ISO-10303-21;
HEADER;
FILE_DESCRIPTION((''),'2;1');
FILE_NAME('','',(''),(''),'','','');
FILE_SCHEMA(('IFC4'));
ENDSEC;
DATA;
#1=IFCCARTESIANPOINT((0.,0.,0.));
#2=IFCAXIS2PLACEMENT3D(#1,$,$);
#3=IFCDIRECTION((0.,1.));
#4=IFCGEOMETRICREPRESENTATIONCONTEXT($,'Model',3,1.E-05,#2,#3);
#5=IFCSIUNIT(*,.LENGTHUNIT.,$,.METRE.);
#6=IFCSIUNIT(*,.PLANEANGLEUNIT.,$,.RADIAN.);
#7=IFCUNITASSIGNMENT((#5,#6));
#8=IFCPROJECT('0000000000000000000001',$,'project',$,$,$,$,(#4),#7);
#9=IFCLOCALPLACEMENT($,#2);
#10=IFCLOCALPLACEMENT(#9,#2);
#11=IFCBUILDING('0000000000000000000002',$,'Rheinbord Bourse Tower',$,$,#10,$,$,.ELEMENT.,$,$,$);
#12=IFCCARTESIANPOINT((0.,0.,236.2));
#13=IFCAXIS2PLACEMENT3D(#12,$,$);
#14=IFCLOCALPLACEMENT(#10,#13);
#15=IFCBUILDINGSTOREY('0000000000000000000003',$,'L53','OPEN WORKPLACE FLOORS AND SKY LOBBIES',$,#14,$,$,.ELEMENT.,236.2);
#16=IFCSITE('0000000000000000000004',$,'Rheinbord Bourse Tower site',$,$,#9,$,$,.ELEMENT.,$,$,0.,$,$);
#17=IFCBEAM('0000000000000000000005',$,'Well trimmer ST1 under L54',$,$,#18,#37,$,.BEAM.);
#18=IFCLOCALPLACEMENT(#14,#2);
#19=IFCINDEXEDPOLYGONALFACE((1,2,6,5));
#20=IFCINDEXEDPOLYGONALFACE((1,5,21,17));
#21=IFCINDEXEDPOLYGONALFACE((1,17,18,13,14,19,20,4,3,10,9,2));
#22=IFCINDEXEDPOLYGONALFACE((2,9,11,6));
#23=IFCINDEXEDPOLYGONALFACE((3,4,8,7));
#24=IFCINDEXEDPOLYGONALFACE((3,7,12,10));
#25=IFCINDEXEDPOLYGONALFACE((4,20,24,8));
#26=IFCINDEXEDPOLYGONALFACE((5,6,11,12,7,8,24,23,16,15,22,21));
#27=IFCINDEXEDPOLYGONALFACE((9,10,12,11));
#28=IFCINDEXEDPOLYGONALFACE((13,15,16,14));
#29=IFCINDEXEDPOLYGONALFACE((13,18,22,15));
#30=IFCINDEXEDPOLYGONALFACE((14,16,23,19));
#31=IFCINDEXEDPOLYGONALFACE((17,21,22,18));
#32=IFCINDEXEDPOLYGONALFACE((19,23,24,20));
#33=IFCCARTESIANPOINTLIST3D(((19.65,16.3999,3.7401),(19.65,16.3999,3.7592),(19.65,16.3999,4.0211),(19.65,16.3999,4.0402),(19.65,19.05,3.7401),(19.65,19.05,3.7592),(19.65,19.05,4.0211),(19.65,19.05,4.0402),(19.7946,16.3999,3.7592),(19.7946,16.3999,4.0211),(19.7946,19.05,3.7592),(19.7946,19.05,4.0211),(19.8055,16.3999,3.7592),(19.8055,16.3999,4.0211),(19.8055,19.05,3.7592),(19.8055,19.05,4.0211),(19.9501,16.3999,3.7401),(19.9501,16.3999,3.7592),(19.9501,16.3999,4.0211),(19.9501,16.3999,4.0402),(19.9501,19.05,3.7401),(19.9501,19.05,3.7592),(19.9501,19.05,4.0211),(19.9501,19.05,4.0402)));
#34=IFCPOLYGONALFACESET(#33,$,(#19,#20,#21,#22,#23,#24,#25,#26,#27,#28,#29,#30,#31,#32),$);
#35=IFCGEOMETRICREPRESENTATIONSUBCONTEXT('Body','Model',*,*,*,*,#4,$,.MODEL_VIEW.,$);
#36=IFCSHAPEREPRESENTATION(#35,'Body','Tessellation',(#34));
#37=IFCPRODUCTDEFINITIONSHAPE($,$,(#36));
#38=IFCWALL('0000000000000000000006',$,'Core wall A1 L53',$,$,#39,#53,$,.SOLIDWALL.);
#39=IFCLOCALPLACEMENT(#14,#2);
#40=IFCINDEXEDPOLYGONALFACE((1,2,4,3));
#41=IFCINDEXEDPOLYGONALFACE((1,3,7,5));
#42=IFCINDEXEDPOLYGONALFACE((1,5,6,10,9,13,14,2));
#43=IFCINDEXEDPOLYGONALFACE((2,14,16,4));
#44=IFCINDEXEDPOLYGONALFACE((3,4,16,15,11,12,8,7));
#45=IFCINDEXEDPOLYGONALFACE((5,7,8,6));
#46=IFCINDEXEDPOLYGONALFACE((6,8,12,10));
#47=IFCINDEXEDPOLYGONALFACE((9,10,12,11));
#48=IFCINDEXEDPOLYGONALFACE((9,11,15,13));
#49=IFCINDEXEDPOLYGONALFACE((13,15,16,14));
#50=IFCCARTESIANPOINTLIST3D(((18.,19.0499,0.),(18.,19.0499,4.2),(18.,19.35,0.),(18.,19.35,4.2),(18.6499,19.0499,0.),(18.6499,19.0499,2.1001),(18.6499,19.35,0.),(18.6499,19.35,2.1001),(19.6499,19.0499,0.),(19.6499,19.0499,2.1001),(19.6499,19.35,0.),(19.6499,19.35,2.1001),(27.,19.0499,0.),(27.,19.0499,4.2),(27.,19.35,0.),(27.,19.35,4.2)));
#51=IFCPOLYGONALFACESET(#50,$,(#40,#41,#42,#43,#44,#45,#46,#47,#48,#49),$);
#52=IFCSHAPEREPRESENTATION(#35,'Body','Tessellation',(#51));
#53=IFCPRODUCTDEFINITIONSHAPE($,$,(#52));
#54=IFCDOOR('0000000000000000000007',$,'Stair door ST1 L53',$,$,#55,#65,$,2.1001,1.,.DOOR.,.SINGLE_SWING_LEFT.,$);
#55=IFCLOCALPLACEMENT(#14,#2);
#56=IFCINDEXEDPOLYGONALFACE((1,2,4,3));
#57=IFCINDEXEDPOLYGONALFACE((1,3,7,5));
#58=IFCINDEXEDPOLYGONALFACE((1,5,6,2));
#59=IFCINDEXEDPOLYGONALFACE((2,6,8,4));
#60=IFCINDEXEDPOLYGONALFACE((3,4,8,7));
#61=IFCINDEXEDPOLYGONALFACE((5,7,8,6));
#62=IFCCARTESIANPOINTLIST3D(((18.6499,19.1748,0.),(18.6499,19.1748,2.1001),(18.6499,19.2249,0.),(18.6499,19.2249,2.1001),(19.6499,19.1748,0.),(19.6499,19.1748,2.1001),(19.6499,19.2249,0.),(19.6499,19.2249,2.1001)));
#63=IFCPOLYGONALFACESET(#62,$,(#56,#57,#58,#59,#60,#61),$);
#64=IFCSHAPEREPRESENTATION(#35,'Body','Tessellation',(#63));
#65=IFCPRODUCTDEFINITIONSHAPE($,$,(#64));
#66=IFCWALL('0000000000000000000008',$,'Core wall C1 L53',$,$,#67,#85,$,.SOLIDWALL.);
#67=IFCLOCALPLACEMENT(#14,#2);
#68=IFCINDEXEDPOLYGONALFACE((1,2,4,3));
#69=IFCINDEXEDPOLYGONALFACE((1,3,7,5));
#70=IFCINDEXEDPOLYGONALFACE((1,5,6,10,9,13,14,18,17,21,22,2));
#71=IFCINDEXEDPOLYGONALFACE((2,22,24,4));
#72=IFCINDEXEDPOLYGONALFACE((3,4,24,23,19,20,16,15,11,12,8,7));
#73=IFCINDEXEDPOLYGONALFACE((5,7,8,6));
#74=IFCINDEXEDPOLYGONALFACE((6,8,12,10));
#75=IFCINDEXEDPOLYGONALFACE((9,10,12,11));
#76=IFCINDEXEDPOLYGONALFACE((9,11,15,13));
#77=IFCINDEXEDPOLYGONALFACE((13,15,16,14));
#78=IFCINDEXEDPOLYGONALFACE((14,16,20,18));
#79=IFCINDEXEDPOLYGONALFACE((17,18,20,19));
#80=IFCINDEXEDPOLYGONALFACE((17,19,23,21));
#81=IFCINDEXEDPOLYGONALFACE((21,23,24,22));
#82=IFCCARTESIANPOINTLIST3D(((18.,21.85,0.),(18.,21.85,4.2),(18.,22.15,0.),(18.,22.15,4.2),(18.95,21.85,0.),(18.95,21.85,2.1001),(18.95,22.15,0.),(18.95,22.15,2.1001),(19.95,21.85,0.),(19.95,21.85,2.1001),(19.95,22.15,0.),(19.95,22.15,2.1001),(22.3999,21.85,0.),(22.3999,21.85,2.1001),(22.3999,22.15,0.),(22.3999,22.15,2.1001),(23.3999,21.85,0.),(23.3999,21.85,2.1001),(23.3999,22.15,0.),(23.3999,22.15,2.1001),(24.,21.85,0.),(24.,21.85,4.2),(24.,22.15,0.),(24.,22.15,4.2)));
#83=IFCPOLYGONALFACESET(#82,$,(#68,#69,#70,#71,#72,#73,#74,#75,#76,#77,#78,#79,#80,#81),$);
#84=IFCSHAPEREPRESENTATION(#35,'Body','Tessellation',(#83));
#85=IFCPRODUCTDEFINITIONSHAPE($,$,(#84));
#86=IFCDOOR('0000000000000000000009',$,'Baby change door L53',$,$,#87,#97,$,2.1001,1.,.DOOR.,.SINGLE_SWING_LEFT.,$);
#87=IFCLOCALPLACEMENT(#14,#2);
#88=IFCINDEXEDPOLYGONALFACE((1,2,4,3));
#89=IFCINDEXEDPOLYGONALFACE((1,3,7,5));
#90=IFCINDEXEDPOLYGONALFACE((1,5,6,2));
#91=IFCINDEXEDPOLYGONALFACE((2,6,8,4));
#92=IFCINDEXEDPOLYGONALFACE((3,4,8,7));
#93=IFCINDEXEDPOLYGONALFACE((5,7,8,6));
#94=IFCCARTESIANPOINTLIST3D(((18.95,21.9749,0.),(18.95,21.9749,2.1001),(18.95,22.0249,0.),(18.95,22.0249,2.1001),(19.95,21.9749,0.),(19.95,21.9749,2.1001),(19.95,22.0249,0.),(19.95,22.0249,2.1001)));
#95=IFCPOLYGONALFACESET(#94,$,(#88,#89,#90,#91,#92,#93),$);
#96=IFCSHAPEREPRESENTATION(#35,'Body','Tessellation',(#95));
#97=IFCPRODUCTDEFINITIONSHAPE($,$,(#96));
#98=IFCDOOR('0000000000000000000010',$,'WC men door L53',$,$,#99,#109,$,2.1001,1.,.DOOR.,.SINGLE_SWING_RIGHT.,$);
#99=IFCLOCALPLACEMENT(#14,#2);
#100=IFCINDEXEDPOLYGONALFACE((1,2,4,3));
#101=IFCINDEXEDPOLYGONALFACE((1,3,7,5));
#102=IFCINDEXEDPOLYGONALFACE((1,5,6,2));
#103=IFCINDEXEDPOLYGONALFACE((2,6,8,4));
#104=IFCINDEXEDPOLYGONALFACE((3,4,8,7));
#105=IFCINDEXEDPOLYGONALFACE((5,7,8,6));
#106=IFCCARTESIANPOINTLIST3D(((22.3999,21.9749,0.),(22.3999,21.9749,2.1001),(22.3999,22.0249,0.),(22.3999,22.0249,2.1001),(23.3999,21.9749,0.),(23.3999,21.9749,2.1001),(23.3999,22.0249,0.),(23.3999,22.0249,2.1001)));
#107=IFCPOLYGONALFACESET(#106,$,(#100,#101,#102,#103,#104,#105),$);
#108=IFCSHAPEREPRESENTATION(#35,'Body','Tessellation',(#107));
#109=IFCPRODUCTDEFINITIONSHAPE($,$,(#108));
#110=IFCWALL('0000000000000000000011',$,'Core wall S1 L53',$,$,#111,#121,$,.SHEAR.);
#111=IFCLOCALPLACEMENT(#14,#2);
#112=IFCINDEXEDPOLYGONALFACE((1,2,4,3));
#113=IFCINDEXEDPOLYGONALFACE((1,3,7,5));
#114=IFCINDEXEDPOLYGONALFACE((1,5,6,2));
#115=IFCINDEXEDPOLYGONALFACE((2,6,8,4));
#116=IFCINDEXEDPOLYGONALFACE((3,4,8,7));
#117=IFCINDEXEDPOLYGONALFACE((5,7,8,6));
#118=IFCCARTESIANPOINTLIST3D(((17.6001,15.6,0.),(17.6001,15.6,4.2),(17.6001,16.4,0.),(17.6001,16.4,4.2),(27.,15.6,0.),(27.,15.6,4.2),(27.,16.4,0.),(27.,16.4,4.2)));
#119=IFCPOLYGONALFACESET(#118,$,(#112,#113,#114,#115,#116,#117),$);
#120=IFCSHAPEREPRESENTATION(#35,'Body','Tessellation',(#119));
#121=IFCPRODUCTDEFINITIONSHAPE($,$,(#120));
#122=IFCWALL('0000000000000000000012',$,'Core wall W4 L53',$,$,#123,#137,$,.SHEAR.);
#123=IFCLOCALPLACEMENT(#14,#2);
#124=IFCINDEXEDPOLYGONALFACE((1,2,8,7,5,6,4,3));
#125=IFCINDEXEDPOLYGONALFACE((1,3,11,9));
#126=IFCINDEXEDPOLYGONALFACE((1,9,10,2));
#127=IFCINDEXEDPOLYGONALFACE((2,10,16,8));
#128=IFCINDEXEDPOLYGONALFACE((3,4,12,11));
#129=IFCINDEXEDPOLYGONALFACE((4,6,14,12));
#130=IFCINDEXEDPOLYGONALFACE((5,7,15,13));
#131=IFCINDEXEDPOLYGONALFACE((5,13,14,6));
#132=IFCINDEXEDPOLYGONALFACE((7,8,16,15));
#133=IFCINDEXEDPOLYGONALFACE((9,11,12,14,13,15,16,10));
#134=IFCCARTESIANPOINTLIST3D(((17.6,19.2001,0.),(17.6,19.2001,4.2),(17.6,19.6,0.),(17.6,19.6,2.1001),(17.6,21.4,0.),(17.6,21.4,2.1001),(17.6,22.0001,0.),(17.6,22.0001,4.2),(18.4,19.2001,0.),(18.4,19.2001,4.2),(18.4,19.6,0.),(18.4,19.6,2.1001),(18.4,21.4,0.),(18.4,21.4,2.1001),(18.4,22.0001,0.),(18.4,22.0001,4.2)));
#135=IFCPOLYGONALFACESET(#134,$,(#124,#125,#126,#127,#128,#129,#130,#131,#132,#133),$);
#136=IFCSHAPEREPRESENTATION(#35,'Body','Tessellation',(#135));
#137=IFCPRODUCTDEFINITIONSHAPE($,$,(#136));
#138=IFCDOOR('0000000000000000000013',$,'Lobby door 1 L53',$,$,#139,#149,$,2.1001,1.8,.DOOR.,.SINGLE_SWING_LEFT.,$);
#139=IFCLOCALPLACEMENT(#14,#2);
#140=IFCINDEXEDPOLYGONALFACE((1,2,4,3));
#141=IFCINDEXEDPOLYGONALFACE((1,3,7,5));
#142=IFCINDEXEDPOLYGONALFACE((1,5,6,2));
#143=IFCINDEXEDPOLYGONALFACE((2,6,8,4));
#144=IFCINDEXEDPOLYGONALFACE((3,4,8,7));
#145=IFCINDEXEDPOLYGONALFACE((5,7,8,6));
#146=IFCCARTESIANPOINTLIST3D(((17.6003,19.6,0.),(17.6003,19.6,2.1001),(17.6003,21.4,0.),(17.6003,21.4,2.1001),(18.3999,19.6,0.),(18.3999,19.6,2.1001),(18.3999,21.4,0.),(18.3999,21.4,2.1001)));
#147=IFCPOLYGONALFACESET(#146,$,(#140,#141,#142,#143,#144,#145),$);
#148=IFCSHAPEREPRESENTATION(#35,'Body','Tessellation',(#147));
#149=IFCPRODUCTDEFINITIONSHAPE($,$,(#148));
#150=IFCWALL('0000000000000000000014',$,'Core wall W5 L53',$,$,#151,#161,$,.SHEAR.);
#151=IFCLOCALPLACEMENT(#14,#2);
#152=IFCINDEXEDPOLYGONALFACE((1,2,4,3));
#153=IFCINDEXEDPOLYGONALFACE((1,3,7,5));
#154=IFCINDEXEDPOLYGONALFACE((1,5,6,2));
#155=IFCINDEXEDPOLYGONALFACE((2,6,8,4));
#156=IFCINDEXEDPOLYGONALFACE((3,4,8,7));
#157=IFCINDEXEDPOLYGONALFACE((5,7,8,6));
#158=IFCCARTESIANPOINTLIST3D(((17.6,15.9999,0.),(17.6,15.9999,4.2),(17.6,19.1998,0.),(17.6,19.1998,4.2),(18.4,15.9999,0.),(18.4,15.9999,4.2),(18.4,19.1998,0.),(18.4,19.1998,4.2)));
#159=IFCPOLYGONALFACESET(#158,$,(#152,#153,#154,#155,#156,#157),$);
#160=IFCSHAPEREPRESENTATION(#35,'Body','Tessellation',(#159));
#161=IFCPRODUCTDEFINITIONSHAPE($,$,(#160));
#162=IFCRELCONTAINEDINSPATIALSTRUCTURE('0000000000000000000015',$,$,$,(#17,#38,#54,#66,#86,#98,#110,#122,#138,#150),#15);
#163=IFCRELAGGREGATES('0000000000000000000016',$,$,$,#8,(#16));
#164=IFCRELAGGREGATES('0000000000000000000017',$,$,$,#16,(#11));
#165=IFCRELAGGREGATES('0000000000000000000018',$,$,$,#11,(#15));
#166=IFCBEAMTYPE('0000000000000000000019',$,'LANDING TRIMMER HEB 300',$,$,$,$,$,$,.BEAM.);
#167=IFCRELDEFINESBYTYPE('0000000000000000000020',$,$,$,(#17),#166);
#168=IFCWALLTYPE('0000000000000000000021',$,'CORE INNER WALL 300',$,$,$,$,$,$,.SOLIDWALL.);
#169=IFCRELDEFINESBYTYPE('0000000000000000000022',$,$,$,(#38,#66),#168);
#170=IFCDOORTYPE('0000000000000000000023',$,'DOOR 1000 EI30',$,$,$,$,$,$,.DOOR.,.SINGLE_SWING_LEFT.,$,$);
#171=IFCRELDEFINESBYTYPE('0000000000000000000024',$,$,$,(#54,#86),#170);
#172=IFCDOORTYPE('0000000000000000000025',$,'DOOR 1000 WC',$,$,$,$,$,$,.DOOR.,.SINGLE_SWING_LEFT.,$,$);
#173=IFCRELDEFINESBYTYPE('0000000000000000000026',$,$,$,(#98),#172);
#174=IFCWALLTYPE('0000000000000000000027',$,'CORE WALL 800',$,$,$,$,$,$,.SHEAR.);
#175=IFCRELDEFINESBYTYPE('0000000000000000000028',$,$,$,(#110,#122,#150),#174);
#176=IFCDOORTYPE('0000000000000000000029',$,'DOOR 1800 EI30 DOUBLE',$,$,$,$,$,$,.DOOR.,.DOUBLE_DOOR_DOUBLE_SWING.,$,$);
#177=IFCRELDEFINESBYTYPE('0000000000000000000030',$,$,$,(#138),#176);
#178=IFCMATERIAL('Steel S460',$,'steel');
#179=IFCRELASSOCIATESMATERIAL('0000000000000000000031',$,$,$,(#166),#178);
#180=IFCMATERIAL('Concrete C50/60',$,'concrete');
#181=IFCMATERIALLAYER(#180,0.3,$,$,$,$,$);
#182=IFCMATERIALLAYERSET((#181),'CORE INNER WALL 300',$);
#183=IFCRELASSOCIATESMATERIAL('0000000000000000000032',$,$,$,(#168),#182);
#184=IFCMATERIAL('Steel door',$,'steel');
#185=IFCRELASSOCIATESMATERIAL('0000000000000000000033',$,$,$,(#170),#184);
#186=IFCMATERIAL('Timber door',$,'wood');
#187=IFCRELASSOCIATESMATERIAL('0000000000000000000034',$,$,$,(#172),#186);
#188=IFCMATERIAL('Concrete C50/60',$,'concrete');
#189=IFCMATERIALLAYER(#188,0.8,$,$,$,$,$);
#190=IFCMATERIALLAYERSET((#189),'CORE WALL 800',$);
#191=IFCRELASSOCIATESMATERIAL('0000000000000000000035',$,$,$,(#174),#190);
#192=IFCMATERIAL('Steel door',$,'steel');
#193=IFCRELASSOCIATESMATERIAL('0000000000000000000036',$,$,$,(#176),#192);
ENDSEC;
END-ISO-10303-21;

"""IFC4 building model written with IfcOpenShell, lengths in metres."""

from ifc_helpers import new_model, si_unit, direction, frame, frame_2d, origin, origin_2d, place, context, subcontext, project, spatial, rectangle, i_section, extrude, material, layer, layer_set, material_profile, profile_set, type_object, element, fill, save


model = new_model("IFC4")

# Units and contexts
model_context = context("Model", 3, precision=1e-05, world=origin(), true_north=direction((0.0, 1.0)))
body_context = subcontext(model_context, "Body", "Model", "MODEL_VIEW")
ifc_project = project(units=[si_unit("LENGTHUNIT", "METRE"), si_unit("PLANEANGLEUNIT", "RADIAN")], contexts=[model_context])

# Site, building, storey
site_placement = place(None, origin())
site = spatial("IfcSite", under=ifc_project, at=site_placement, Name="Rheinbord Bourse Tower site", CompositionType="ELEMENT", RefElevation=0.0)
building_placement = place(site_placement, origin())
building = spatial("IfcBuilding", under=site, at=building_placement, Name="Rheinbord Bourse Tower", CompositionType="ELEMENT")
storey_placement = place(building_placement, frame((0.0, 0.0, 236.2)))
storey = spatial("IfcBuildingStorey", under=building, at=storey_placement, Name="L53", Description="OPEN WORKPLACE FLOORS AND SKY LOBBIES", CompositionType="ELEMENT", Elevation=236.2)

# Beam
ifc_material_1 = material(Name="Steel S460", Category="steel")
ifc_material_profile = material_profile(ifc_material_1, i_section(OverallWidth=0.3, OverallDepth=0.3, WebThickness=0.011, FlangeThickness=0.019, at=origin_2d()), Name="HEB 300")
ifc_profile_set = profile_set([ifc_material_profile], Name="Steel S460")
beam_type = type_object("IfcBeamType", Name="LANDING TRIMMER HEB 300", PredefinedType="BEAM", material=ifc_profile_set)
beam_placement = place(storey_placement, frame((19.8, 16.3999, 3.8901), z_axis=(0.0, 1.0, 0.0), x_axis=(-1.0, 0.0, 0.0)))
element("IfcBeam", 1, at=beam_placement, inside=storey, type_object=beam_type, Name="Well trimmer ST1 under L54", PredefinedType="BEAM", context=body_context, shape_type="SweptSolid", body=[
    extrude(i_section(OverallWidth=0.3, OverallDepth=0.3, WebThickness=0.011, FlangeThickness=0.019, at=origin_2d()), origin(), (0.0, 0.0, 1.0), 2.6501),
])

# Wall, opening, door
ifc_material_2 = material(Name="Concrete C50/60", Category="concrete")
ifc_layer_1 = layer(ifc_material_2, 0.3)
ifc_layer_set_1 = layer_set([ifc_layer_1], Name="CORE INNER WALL 300")
wall_type_1 = type_object("IfcWallType", Name="CORE INNER WALL 300", PredefinedType="SOLIDWALL", material=ifc_layer_set_1)
wall_1_placement = place(storey_placement, frame((18.0, 19.2, 0.0), z_axis=(0.0, 0.0, 1.0), x_axis=(1.0, 0.0, 0.0)))
wall_1 = element("IfcWall", 2, at=wall_1_placement, inside=storey, type_object=wall_type_1, Name="Core wall A1 L53", PredefinedType="SOLIDWALL", context=body_context, shape_type="SweptSolid", body=[
    extrude(rectangle(XDim=9.0, YDim=0.3, at=frame_2d((4.5, 0.0))), origin(), (0.0, 0.0, 1.0), 4.2),
])
opening_1_placement = place(wall_1_placement, frame((0.6499, 0.0, 0.0)))
opening_1 = element("IfcOpeningElement", 3, at=opening_1_placement, cuts=wall_1, PredefinedType="OPENING", context=body_context, shape_type="SweptSolid", body=[
    extrude(rectangle(XDim=1.0, YDim=2.1001, at=frame_2d((0.5, 1.05))), frame((0.0, 0.1599, 0.0), z_axis=(0.0, -1.0, 0.0), x_axis=(1.0, 0.0, 0.0)), (0.0, 0.0, 1.0), 0.3201),
])
ifc_material_3 = material(Name="Steel door", Category="steel")
door_type_1 = type_object("IfcDoorType", Name="DOOR 1000 EI30", OperationType="SINGLE_SWING_LEFT", PredefinedType="DOOR", material=ifc_material_3)
door_1_placement = place(opening_1_placement, origin())
door_1 = element("IfcDoor", 4, at=door_1_placement, inside=storey, type_object=door_type_1, Name="Stair door ST1 L53", OperationType="SINGLE_SWING_LEFT", OverallHeight=2.1001, OverallWidth=1.0, PredefinedType="DOOR", context=body_context, shape_type="SweptSolid", body=[
    extrude(rectangle(XDim=1.0, YDim=2.1001, at=frame_2d((0.5, 1.05))), frame((0.0, 0.0249, 0.0), z_axis=(0.0, -1.0, 0.0), x_axis=(1.0, 0.0, 0.0)), (0.0, 0.0, 1.0), 0.05),
])
fill(opening_1, door_1)

# Wall, openings, doors
wall_2_placement = place(storey_placement, frame((18.0, 22.0, 0.0), z_axis=(0.0, 0.0, 1.0), x_axis=(1.0, 0.0, 0.0)))
wall_2 = element("IfcWall", 5, at=wall_2_placement, inside=storey, type_object=wall_type_1, Name="Core wall C1 L53", PredefinedType="SOLIDWALL", context=body_context, shape_type="SweptSolid", body=[
    extrude(rectangle(XDim=6.0, YDim=0.3, at=frame_2d((3.0, 0.0))), origin(), (0.0, 0.0, 1.0), 4.2),
])
opening_2_placement = place(wall_2_placement, frame((4.3999, 0.0, 0.0)))
opening_2 = element("IfcOpeningElement", 6, at=opening_2_placement, cuts=wall_2, PredefinedType="OPENING", context=body_context, shape_type="SweptSolid", body=[
    extrude(rectangle(XDim=1.0, YDim=2.1001, at=frame_2d((0.5, 1.05))), frame((0.0, 0.1599, 0.0), z_axis=(0.0, -1.0, 0.0), x_axis=(1.0, 0.0, 0.0)), (0.0, 0.0, 1.0), 0.3201),
])
opening_3_placement = place(wall_2_placement, frame((0.95, 0.0, 0.0)))
opening_3 = element("IfcOpeningElement", 7, at=opening_3_placement, cuts=wall_2, PredefinedType="OPENING", context=body_context, shape_type="SweptSolid", body=[
    extrude(rectangle(XDim=1.0, YDim=2.1001, at=frame_2d((0.5, 1.05))), frame((0.0, 0.1599, 0.0), z_axis=(0.0, -1.0, 0.0), x_axis=(1.0, 0.0, 0.0)), (0.0, 0.0, 1.0), 0.3201),
])
door_2_placement = place(opening_3_placement, origin())
door_2 = element("IfcDoor", 8, at=door_2_placement, inside=storey, type_object=door_type_1, Name="Baby change door L53", OperationType="SINGLE_SWING_LEFT", OverallHeight=2.1001, OverallWidth=1.0, PredefinedType="DOOR", context=body_context, shape_type="SweptSolid", body=[
    extrude(rectangle(XDim=1.0, YDim=2.1001, at=frame_2d((0.5, 1.05))), frame((0.0, 0.0249, 0.0), z_axis=(0.0, -1.0, 0.0), x_axis=(1.0, 0.0, 0.0)), (0.0, 0.0, 1.0), 0.05),
])
fill(opening_3, door_2)
ifc_material_4 = material(Name="Timber door", Category="wood")
door_type_2 = type_object("IfcDoorType", Name="DOOR 1000 WC", OperationType="SINGLE_SWING_LEFT", PredefinedType="DOOR", material=ifc_material_4)
door_3_placement = place(opening_2_placement, origin())
door_3 = element("IfcDoor", 9, at=door_3_placement, inside=storey, type_object=door_type_2, Name="WC men door L53", OperationType="SINGLE_SWING_RIGHT", OverallHeight=2.1001, OverallWidth=1.0, PredefinedType="DOOR", context=body_context, shape_type="SweptSolid", body=[
    extrude(rectangle(XDim=1.0, YDim=2.1001, at=frame_2d((0.5, 1.05))), frame((0.0, 0.0249, 0.0), z_axis=(0.0, -1.0, 0.0), x_axis=(1.0, 0.0, 0.0)), (0.0, 0.0, 1.0), 0.05),
])
fill(opening_2, door_3)

# Wall
ifc_material_5 = material(Name="Concrete C50/60", Category="concrete")
ifc_layer_2 = layer(ifc_material_5, 0.8)
ifc_layer_set_2 = layer_set([ifc_layer_2], Name="CORE WALL 800")
wall_type_2 = type_object("IfcWallType", Name="CORE WALL 800", PredefinedType="SHEAR", material=ifc_layer_set_2)
wall_3_placement = place(storey_placement, frame((17.6001, 16.0, 0.0), z_axis=(0.0, 0.0, 1.0), x_axis=(1.0, 0.0, 0.0)))
element("IfcWall", 10, at=wall_3_placement, inside=storey, type_object=wall_type_2, Name="Core wall S1 L53", PredefinedType="SHEAR", context=body_context, shape_type="SweptSolid", body=[
    extrude(rectangle(XDim=9.3999, YDim=0.8, at=frame_2d((4.7, 0.0))), origin(), (0.0, 0.0, 1.0), 4.2),
])

# Wall, opening, door
wall_4_placement = place(storey_placement, frame((18.0, 22.0, 0.0), z_axis=(0.0, 0.0, 1.0), x_axis=(0.0, -1.0, 0.0)))
wall_4 = element("IfcWall", 11, at=wall_4_placement, inside=storey, type_object=wall_type_2, Name="Core wall W4 L53", PredefinedType="SHEAR", context=body_context, shape_type="SweptSolid", body=[
    extrude(rectangle(XDim=2.8, YDim=0.8, at=frame_2d((1.3999, 0.0))), origin(), (0.0, 0.0, 1.0), 4.2),
])
opening_4_placement = place(wall_4_placement, frame((0.6001, 0.0, 0.0)))
opening_4 = element("IfcOpeningElement", 12, at=opening_4_placement, cuts=wall_4, PredefinedType="OPENING", context=body_context, shape_type="SweptSolid", body=[
    extrude(rectangle(XDim=1.8, YDim=2.1001, at=frame_2d((0.8999, 1.05))), frame((0.0, 0.4099, 0.0), z_axis=(0.0, -1.0, 0.0), x_axis=(1.0, 0.0, 0.0)), (0.0, 0.0, 1.0), 0.8201),
])
ifc_material_6 = material(Name="Steel door", Category="steel")
door_type_3 = type_object("IfcDoorType", Name="DOOR 1800 EI30 DOUBLE", OperationType="DOUBLE_DOOR_DOUBLE_SWING", PredefinedType="DOOR", material=ifc_material_6)
door_4_placement = place(opening_4_placement, origin())
door_4 = element("IfcDoor", 13, at=door_4_placement, inside=storey, type_object=door_type_3, Name="Lobby door 1 L53", OperationType="SINGLE_SWING_LEFT", OverallHeight=2.1001, OverallWidth=1.8, PredefinedType="DOOR", context=body_context, shape_type="SweptSolid", body=[
    extrude(rectangle(XDim=1.8, YDim=2.1001, at=frame_2d((0.8999, 1.05))), frame((0.0, 0.3999, 0.0), z_axis=(0.0, -1.0, 0.0), x_axis=(1.0, 0.0, 0.0)), (0.0, 0.0, 1.0), 0.7996),
])
fill(opening_4, door_4)

# Wall
wall_5_placement = place(storey_placement, frame((18.0, 19.2, 0.0), z_axis=(0.0, 0.0, 1.0), x_axis=(0.0, -1.0, 0.0)))
element("IfcWall", 14, at=wall_5_placement, inside=storey, type_object=wall_type_2, Name="Core wall W5 L53", PredefinedType="SHEAR", context=body_context, shape_type="SweptSolid", body=[
    extrude(rectangle(XDim=3.2, YDim=0.8, at=frame_2d((1.6001, 0.0))), origin(), (0.0, 0.0, 1.0), 4.2),
])

save(model, "model.ifc")
